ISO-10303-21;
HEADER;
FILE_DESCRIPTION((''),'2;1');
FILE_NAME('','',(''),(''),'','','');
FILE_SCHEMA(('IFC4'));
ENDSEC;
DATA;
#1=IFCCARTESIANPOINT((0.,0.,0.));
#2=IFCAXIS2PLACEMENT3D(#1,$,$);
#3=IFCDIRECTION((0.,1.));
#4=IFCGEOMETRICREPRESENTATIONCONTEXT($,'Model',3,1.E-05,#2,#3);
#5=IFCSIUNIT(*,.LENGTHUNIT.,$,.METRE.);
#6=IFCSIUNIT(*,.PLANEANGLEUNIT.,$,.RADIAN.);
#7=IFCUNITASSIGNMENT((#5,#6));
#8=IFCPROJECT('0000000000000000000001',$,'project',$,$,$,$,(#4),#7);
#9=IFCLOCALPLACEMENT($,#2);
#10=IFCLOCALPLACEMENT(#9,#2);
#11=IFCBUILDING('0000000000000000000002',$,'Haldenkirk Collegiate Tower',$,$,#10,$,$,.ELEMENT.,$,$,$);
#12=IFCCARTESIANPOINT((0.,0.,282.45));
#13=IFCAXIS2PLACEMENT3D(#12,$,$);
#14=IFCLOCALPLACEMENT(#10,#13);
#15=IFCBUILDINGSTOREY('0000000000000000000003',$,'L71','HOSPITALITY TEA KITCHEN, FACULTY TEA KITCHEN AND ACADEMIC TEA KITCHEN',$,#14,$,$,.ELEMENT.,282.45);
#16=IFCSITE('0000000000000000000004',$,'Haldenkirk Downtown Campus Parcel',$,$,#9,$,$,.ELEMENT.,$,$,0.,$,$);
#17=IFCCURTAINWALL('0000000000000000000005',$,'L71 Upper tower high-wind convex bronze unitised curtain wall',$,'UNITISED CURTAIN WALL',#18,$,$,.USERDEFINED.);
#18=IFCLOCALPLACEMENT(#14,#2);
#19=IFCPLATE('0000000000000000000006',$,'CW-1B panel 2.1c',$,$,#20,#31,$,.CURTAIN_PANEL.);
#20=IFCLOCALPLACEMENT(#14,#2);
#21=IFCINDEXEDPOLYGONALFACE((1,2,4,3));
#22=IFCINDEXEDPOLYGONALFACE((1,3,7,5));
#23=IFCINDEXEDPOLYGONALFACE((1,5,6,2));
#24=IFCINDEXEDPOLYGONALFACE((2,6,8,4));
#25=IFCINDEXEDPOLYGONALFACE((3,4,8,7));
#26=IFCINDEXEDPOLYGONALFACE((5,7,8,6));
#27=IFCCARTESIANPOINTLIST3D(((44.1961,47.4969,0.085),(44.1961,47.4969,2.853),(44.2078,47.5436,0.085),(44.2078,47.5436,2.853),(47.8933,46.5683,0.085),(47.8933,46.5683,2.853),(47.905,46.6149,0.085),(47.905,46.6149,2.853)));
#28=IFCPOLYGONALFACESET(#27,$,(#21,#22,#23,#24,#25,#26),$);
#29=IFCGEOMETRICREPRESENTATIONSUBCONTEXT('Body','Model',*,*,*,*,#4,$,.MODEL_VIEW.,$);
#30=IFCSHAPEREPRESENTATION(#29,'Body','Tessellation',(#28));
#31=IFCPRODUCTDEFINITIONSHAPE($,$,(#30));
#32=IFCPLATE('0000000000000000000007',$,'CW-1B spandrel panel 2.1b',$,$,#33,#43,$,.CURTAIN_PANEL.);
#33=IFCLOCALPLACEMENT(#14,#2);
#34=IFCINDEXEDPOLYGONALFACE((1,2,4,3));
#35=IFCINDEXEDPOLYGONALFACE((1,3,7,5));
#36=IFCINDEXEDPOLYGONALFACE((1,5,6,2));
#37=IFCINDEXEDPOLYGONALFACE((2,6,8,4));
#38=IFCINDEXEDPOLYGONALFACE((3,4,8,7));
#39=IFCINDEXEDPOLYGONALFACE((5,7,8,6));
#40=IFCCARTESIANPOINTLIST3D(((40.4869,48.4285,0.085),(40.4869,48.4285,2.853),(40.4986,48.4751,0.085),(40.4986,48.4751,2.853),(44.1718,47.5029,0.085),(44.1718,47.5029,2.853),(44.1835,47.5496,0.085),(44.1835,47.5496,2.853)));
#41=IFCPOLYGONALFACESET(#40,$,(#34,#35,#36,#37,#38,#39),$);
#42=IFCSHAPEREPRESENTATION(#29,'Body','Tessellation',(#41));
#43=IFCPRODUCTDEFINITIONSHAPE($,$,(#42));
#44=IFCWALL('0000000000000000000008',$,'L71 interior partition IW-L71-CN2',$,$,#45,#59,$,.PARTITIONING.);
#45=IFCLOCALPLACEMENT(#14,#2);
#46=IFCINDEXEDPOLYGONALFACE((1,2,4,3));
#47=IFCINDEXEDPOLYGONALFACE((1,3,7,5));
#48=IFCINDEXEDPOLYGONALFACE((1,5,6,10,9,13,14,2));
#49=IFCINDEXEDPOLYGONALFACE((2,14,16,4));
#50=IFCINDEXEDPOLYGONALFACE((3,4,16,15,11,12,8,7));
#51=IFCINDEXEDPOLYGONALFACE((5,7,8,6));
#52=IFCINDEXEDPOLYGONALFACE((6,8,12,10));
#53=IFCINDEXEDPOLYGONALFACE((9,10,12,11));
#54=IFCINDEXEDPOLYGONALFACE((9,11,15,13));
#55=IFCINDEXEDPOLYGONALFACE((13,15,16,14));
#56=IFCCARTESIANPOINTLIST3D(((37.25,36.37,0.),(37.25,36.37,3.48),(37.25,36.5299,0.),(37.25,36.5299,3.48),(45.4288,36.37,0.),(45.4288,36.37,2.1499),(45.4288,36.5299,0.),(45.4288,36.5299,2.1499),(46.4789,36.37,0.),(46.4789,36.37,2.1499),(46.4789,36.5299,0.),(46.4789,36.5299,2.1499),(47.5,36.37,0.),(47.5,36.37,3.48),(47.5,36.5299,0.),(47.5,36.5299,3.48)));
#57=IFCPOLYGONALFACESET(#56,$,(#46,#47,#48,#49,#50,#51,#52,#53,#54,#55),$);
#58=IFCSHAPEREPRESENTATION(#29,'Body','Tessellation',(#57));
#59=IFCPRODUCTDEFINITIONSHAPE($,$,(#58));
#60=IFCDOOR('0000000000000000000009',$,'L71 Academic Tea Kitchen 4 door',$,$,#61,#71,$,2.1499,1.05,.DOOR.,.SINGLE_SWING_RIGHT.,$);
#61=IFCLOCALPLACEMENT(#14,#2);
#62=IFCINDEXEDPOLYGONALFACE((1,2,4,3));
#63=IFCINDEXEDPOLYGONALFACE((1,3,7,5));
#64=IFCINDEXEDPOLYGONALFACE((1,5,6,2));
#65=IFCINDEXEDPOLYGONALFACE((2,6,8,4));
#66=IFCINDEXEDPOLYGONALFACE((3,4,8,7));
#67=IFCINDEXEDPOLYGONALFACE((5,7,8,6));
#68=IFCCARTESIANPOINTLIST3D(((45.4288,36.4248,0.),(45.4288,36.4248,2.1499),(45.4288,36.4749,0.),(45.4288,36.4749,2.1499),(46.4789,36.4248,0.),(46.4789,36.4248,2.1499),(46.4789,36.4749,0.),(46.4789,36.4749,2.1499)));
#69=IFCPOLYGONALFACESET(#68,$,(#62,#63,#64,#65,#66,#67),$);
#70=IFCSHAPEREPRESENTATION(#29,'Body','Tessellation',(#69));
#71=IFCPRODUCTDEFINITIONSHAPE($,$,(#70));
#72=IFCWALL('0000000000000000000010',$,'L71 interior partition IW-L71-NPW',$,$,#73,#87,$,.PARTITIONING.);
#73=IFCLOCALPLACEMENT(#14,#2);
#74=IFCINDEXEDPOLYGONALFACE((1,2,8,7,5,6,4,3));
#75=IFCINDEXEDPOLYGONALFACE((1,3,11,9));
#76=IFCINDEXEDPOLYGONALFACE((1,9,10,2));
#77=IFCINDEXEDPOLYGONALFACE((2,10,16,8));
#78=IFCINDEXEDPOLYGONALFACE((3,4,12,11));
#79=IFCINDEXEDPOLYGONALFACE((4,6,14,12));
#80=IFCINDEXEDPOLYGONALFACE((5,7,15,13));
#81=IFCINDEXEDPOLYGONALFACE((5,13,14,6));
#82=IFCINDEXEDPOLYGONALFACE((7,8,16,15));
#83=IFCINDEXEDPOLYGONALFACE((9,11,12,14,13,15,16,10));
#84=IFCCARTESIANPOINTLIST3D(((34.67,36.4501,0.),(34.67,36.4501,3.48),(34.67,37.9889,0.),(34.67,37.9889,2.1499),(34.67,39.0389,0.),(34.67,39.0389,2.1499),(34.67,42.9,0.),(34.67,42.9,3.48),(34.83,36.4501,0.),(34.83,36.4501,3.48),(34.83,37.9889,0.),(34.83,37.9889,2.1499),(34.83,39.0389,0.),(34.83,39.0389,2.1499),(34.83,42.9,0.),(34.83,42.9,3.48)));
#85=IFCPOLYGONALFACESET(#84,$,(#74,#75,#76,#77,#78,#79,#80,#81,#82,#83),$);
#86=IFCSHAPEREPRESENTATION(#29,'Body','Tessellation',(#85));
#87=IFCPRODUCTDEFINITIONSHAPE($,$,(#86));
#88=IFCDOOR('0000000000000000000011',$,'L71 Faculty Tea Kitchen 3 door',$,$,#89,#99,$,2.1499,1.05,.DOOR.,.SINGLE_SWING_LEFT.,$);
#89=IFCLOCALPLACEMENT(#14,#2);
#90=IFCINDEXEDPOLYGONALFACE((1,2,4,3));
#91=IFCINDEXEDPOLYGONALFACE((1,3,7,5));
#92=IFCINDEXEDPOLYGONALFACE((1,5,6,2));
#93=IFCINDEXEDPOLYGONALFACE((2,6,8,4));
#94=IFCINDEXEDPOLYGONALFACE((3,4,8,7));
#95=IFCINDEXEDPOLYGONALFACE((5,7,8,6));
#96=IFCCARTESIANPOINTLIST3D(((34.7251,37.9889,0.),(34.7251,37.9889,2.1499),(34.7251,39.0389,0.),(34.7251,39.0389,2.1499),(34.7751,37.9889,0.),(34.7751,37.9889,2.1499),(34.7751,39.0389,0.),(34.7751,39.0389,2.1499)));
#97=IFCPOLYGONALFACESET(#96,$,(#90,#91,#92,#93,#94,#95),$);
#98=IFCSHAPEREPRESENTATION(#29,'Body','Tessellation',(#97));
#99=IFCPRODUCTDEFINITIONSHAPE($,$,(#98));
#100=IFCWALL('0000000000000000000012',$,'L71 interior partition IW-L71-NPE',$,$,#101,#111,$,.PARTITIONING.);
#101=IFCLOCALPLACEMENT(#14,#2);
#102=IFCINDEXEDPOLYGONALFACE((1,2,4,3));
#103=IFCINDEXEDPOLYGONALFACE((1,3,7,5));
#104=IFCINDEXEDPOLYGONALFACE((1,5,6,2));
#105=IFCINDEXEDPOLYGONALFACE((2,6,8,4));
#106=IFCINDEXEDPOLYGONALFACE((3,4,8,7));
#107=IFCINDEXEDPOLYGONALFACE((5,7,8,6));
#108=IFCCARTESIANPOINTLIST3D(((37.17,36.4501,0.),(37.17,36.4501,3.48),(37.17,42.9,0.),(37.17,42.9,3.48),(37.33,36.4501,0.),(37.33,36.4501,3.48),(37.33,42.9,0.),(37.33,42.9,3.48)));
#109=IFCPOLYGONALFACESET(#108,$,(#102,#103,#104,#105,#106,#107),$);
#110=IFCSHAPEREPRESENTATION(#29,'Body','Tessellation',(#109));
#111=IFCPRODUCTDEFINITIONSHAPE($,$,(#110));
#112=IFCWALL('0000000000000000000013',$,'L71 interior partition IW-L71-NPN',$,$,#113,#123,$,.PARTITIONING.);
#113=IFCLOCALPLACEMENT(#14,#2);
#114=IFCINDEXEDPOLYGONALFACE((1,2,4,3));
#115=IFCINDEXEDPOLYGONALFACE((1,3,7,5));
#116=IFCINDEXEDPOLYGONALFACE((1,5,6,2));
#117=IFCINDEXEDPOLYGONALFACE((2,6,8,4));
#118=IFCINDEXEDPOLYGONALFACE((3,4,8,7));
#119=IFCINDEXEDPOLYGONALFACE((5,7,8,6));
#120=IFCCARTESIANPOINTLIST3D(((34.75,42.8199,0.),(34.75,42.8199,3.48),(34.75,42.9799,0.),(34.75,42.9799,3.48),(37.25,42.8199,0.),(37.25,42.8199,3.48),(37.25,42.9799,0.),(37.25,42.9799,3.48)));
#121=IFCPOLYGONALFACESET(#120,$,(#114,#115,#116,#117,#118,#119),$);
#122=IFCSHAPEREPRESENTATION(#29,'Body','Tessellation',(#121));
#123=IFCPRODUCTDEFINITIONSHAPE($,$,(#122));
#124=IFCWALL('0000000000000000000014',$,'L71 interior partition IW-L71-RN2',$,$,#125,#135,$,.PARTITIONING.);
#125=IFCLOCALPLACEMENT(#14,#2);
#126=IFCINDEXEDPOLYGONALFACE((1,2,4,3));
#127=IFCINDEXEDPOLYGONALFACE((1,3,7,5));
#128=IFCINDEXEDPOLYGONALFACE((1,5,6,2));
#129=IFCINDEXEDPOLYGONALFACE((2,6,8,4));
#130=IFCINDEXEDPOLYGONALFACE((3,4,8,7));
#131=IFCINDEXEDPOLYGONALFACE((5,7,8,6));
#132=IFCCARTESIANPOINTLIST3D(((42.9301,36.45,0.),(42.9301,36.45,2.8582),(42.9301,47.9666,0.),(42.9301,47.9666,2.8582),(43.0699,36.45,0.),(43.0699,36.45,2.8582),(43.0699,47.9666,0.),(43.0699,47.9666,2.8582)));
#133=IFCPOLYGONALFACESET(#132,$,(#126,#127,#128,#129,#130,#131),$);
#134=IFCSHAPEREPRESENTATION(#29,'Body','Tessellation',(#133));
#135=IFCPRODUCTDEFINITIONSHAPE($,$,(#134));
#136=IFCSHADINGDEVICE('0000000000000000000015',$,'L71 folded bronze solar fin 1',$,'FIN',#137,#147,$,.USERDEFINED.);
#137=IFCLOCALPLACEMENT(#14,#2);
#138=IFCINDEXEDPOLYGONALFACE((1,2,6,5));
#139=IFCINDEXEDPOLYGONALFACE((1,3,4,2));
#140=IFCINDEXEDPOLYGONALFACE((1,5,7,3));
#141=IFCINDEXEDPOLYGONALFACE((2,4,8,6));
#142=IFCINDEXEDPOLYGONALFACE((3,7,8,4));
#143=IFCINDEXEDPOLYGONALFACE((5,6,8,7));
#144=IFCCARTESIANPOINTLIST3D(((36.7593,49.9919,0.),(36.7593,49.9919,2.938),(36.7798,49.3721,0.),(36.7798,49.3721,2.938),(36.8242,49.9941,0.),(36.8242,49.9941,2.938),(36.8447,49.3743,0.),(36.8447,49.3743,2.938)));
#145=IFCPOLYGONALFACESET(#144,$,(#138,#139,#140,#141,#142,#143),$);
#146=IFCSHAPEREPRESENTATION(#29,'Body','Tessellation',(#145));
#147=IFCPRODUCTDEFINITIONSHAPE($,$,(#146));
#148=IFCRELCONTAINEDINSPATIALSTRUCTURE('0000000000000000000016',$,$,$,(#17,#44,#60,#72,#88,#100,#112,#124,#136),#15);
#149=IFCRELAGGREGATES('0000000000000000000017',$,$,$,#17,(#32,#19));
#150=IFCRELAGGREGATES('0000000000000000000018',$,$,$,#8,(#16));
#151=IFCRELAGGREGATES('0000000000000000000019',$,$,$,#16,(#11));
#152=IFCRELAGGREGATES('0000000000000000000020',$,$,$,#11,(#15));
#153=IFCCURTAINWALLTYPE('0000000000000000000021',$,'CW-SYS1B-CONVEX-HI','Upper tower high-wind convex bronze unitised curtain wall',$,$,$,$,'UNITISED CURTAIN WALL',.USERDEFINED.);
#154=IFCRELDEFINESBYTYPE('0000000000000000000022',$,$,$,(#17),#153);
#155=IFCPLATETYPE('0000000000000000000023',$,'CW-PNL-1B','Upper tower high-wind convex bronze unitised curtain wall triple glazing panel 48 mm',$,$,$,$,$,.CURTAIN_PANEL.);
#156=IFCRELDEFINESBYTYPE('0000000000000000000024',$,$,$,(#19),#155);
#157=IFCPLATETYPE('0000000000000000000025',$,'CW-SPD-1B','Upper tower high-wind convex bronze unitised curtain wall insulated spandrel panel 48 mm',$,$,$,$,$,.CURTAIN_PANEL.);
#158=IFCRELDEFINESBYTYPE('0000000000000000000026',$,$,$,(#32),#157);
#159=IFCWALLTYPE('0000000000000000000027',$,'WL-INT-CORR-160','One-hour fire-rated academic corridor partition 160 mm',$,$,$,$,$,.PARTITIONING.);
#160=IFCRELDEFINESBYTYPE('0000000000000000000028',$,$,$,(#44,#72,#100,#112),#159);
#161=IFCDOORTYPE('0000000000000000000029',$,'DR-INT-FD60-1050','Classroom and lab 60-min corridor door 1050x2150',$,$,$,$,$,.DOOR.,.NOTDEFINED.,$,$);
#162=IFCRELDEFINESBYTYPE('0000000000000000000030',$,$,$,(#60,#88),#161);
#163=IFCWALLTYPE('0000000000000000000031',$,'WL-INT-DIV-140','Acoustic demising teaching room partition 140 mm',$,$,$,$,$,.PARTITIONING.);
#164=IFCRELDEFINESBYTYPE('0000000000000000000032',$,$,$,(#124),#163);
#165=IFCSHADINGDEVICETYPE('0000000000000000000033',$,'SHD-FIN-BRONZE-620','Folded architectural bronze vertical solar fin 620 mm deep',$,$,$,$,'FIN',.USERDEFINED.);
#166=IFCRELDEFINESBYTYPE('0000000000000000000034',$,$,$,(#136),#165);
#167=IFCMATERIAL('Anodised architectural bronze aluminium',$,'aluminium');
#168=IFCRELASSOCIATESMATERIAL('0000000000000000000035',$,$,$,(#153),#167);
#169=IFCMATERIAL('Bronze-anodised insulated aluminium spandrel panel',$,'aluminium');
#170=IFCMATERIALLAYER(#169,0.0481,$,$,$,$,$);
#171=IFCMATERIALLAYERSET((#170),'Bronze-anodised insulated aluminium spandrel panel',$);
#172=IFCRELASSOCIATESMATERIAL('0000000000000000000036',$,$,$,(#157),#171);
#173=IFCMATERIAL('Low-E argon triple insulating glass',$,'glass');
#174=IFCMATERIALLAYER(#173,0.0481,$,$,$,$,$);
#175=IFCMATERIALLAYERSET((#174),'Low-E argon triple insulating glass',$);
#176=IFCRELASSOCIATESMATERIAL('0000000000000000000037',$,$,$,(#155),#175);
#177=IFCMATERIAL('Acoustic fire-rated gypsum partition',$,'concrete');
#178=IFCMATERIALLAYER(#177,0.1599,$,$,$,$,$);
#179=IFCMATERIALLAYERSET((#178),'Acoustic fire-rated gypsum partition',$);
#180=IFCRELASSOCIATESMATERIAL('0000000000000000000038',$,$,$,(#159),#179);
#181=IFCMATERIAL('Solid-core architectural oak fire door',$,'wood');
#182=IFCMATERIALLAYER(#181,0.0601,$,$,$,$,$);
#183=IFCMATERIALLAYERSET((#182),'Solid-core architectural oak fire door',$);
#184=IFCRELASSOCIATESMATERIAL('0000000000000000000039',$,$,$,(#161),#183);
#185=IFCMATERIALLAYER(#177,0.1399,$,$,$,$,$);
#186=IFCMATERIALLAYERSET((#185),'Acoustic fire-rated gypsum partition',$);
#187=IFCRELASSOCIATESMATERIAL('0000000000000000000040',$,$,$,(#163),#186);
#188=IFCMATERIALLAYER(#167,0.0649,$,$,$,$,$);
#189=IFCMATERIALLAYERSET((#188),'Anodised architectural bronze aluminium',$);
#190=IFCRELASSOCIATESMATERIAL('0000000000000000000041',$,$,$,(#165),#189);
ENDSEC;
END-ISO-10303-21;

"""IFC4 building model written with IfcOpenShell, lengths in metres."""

from ifc_helpers import new_model, si_unit, direction, frame, frame_2d, origin, origin_2d, place, context, subcontext, project, spatial, rectangle, extrude, source, transform, mapped, material, layer, layer_set, type_object, element, fill, aggregate, save


model = new_model("IFC4")

# Units and contexts
model_context = context("Model", 3, precision=1e-05, world=origin(), true_north=direction((0.0, 1.0)))
body_context = subcontext(model_context, "Body", "Model", "MODEL_VIEW")
ifc_project = project(units=[si_unit("LENGTHUNIT", "METRE"), si_unit("PLANEANGLEUNIT", "RADIAN")], contexts=[model_context])

# Site, building, storey
site_placement = place(None, origin())
site = spatial("IfcSite", under=ifc_project, at=site_placement, Name="Haldenkirk Downtown Campus Parcel", CompositionType="ELEMENT", RefElevation=0.0)
building_placement = place(site_placement, origin())
building = spatial("IfcBuilding", under=site, at=building_placement, Name="Haldenkirk Collegiate Tower", CompositionType="ELEMENT")
storey_placement = place(building_placement, frame((0.0, 0.0, 282.45)))
storey = spatial("IfcBuildingStorey", under=building, at=storey_placement, Name="L71", Description="HOSPITALITY TEA KITCHEN, FACULTY TEA KITCHEN AND ACADEMIC TEA KITCHEN", CompositionType="ELEMENT", Elevation=282.45)

# Curtain wall, plates
ifc_material_1 = material(Name="Anodised architectural bronze aluminium", Category="aluminium")
curtain_wall_type = type_object("IfcCurtainWallType", Name="CW-SYS1B-CONVEX-HI", Description="Upper tower high-wind convex bronze unitised curtain wall", ElementType="UNITISED CURTAIN WALL", PredefinedType="USERDEFINED", material=ifc_material_1)
curtain_wall_placement = place(storey_placement, origin())
curtain_wall = element("IfcCurtainWall", 1, at=curtain_wall_placement, inside=storey, type_object=curtain_wall_type, Name="L71 Upper tower high-wind convex bronze unitised curtain wall", ObjectType="UNITISED CURTAIN WALL", PredefinedType="USERDEFINED")
ifc_material_2 = material(Name="Bronze-anodised insulated aluminium spandrel panel", Category="aluminium")
ifc_layer_1 = layer(ifc_material_2, 0.0481)
ifc_layer_set_1 = layer_set([ifc_layer_1], Name="Bronze-anodised insulated aluminium spandrel panel")
plate_type_1 = type_object("IfcPlateType", Name="CW-SPD-1B", Description="Upper tower high-wind convex bronze unitised curtain wall insulated spandrel panel 48 mm", PredefinedType="CURTAIN_PANEL", material=ifc_layer_set_1)
shared_shape_1 = source(origin(), body_context, "Body", "SweptSolid", [
    extrude(rectangle(XDim=3.812, YDim=0.0481, at=origin_2d()), origin(), (0.0, 0.0, 1.0), 2.7681),
])
ifc_material_3 = material(Name="Low-E argon triple insulating glass", Category="glass")
ifc_layer_2 = layer(ifc_material_3, 0.0481)
ifc_layer_set_2 = layer_set([ifc_layer_2], Name="Low-E argon triple insulating glass")
plate_type_2 = type_object("IfcPlateType", Name="CW-PNL-1B", Description="Upper tower high-wind convex bronze unitised curtain wall triple glazing panel 48 mm", PredefinedType="CURTAIN_PANEL", material=ifc_layer_set_2)
plate_1_placement = place(storey_placement, frame((46.0505, 47.0559, 0.085), z_axis=(0.0, 0.0, 1.0), x_axis=(0.969873, -0.243612, 0.0)))
plate_1 = element("IfcPlate", 2, at=plate_1_placement, type_object=plate_type_2, Name="CW-1B panel 2.1c", PredefinedType="CURTAIN_PANEL", context=body_context, shape_type="MappedRepresentation", body=[
    mapped(shared_shape_1, transform((0.0, 0.0, 0.0), x_axis=(1.0, 0.0, 0.0), y_axis=(0.0, 1.0, 0.0), z_axis=(0.0, 0.0, 1.0), scale=1.0)),
])
shared_shape_2 = source(origin(), body_context, "Body", "SweptSolid", [
    extrude(rectangle(XDim=3.7993, YDim=0.0481, at=origin_2d()), origin(), (0.0, 0.0, 1.0), 2.7681),
])
plate_2_placement = place(storey_placement, frame((42.3352, 47.989, 0.085), z_axis=(0.0, 0.0, 1.0), x_axis=(0.969873, -0.243612, 0.0)))
plate_2 = element("IfcPlate", 3, at=plate_2_placement, type_object=plate_type_1, Name="CW-1B spandrel panel 2.1b", PredefinedType="CURTAIN_PANEL", context=body_context, shape_type="MappedRepresentation", body=[
    mapped(shared_shape_2, transform((0.0, 0.0, 0.0), x_axis=(1.0, 0.0, 0.0), y_axis=(0.0, 1.0, 0.0), z_axis=(0.0, 0.0, 1.0), scale=1.0)),
])
aggregate(curtain_wall, [plate_2, plate_1])

# Walls, openings, doors
ifc_material_4 = material(Name="Acoustic fire-rated gypsum partition", Category="concrete")
ifc_layer_3 = layer(ifc_material_4, 0.1599)
ifc_layer_set_3 = layer_set([ifc_layer_3], Name="Acoustic fire-rated gypsum partition")
wall_type_1 = type_object("IfcWallType", Name="WL-INT-CORR-160", Description="One-hour fire-rated academic corridor partition 160 mm", PredefinedType="PARTITIONING", material=ifc_layer_set_3)
wall_1_placement = place(storey_placement, frame((37.25, 36.45, 0.0), z_axis=(0.0, 0.0, 1.0), x_axis=(1.0, 0.0, 0.0)))
wall_1 = element("IfcWall", 4, at=wall_1_placement, inside=storey, type_object=wall_type_1, Name="L71 interior partition IW-L71-CN2", PredefinedType="PARTITIONING", context=body_context, shape_type="SweptSolid", body=[
    extrude(rectangle(XDim=10.25, YDim=0.1599, at=frame_2d((5.125, 0.0))), origin(), (0.0, 0.0, 1.0), 3.48),
])
opening_1_placement = place(wall_1_placement, frame((8.179, 0.0, 0.0)))
opening_1 = element("IfcOpeningElement", 5, at=opening_1_placement, cuts=wall_1, PredefinedType="OPENING", context=body_context, shape_type="SweptSolid", body=[
    extrude(rectangle(XDim=1.05, YDim=2.1499, at=frame_2d((0.5249, 1.075))), frame((0.0, 0.0898, 0.0), z_axis=(0.0, -1.0, 0.0), x_axis=(1.0, 0.0, 0.0)), (0.0, 0.0, 1.0), 0.1799),
])
ifc_material_5 = material(Name="Solid-core architectural oak fire door", Category="wood")
ifc_layer_4 = layer(ifc_material_5, 0.0601)
ifc_layer_set_4 = layer_set([ifc_layer_4], Name="Solid-core architectural oak fire door")
door_type = type_object("IfcDoorType", Name="DR-INT-FD60-1050", Description="Classroom and lab 60-min corridor door 1050x2150", OperationType="NOTDEFINED", PredefinedType="DOOR", material=ifc_layer_set_4)
door_1_placement = place(opening_1_placement, origin())
door_1 = element("IfcDoor", 6, at=door_1_placement, inside=storey, type_object=door_type, Name="L71 Academic Tea Kitchen 4 door", OperationType="SINGLE_SWING_RIGHT", OverallHeight=2.1499, OverallWidth=1.05, PredefinedType="DOOR", context=body_context, shape_type="SweptSolid", body=[
    extrude(rectangle(XDim=1.05, YDim=2.1499, at=frame_2d((0.5249, 1.075))), frame((0.0, 0.0249, 0.0), z_axis=(0.0, -1.0, 0.0), x_axis=(1.0, 0.0, 0.0)), (0.0, 0.0, 1.0), 0.05),
])
fill(opening_1, door_1)
wall_2_placement = place(storey_placement, frame((34.75, 36.45, 0.0), z_axis=(0.0, 0.0, 1.0), x_axis=(0.0, 1.0, 0.0)))
wall_2 = element("IfcWall", 7, at=wall_2_placement, inside=storey, type_object=wall_type_1, Name="L71 interior partition IW-L71-NPW", PredefinedType="PARTITIONING", context=body_context, shape_type="SweptSolid", body=[
    extrude(rectangle(XDim=6.45, YDim=0.1599, at=frame_2d((3.2251, 0.0))), origin(), (0.0, 0.0, 1.0), 3.48),
])
opening_2_placement = place(wall_2_placement, frame((1.5391, 0.0, 0.0)))
opening_2 = element("IfcOpeningElement", 8, at=opening_2_placement, cuts=wall_2, PredefinedType="OPENING", context=body_context, shape_type="SweptSolid", body=[
    extrude(rectangle(XDim=1.05, YDim=2.1499, at=frame_2d((0.5249, 1.075))), frame((0.0, 0.0898, 0.0), z_axis=(0.0, -1.0, 0.0), x_axis=(1.0, 0.0, 0.0)), (0.0, 0.0, 1.0), 0.1799),
])
door_2_placement = place(opening_2_placement, origin())
door_2 = element("IfcDoor", 9, at=door_2_placement, inside=storey, type_object=door_type, Name="L71 Faculty Tea Kitchen 3 door", OperationType="SINGLE_SWING_LEFT", OverallHeight=2.1499, OverallWidth=1.05, PredefinedType="DOOR", context=body_context, shape_type="SweptSolid", body=[
    extrude(rectangle(XDim=1.05, YDim=2.1499, at=frame_2d((0.5249, 1.075))), frame((0.0, 0.0249, 0.0), z_axis=(0.0, -1.0, 0.0), x_axis=(1.0, 0.0, 0.0)), (0.0, 0.0, 1.0), 0.05),
])
fill(opening_2, door_2)

# Walls
wall_3_placement = place(storey_placement, frame((37.25, 36.45, 0.0), z_axis=(0.0, 0.0, 1.0), x_axis=(0.0, 1.0, 0.0)))
element("IfcWall", 10, at=wall_3_placement, inside=storey, type_object=wall_type_1, Name="L71 interior partition IW-L71-NPE", PredefinedType="PARTITIONING", context=body_context, shape_type="SweptSolid", body=[
    extrude(rectangle(XDim=6.45, YDim=0.1599, at=frame_2d((3.2251, 0.0))), origin(), (0.0, 0.0, 1.0), 3.48),
])
wall_4_placement = place(storey_placement, frame((34.75, 42.8999, 0.0), z_axis=(0.0, 0.0, 1.0), x_axis=(1.0, 0.0, 0.0)))
element("IfcWall", 11, at=wall_4_placement, inside=storey, type_object=wall_type_1, Name="L71 interior partition IW-L71-NPN", PredefinedType="PARTITIONING", context=body_context, shape_type="SweptSolid", body=[
    extrude(rectangle(XDim=2.5, YDim=0.1599, at=frame_2d((1.25, 0.0))), origin(), (0.0, 0.0, 1.0), 3.48),
])
ifc_layer_5 = layer(ifc_material_4, 0.1399)
ifc_layer_set_5 = layer_set([ifc_layer_5], Name="Acoustic fire-rated gypsum partition")
wall_type_2 = type_object("IfcWallType", Name="WL-INT-DIV-140", Description="Acoustic demising teaching room partition 140 mm", PredefinedType="PARTITIONING", material=ifc_layer_set_5)
wall_5_placement = place(storey_placement, frame((43.0, 36.45, 0.0), z_axis=(0.0, 0.0, 1.0), x_axis=(0.0, 1.0, 0.0)))
element("IfcWall", 12, at=wall_5_placement, inside=storey, type_object=wall_type_2, Name="L71 interior partition IW-L71-RN2", PredefinedType="PARTITIONING", context=body_context, shape_type="SweptSolid", body=[
    extrude(rectangle(XDim=11.5166, YDim=0.1399, at=frame_2d((5.7583, 0.0))), origin(), (0.0, 0.0, 1.0), 2.8582),
])

# Shading device
ifc_layer_6 = layer(ifc_material_1, 0.0649)
ifc_layer_set_6 = layer_set([ifc_layer_6], Name="Anodised architectural bronze aluminium")
shading_device_type = type_object("IfcShadingDeviceType", Name="SHD-FIN-BRONZE-620", Description="Folded architectural bronze vertical solar fin 620 mm deep", ElementType="FIN", PredefinedType="USERDEFINED", material=ifc_layer_set_6)
shared_shape_3 = source(origin(), body_context, "Body", "SweptSolid", [
    extrude(rectangle(XDim=0.6201, YDim=0.0649, at=origin_2d()), origin(), (0.0, 0.0, 1.0), 2.938),
])
shading_device_placement = place(storey_placement, frame((36.802, 49.6831, 0.0), z_axis=(0.0, 0.0, 1.0), x_axis=(-0.033155, 0.99945, 0.0)))
element("IfcShadingDevice", 13, at=shading_device_placement, inside=storey, type_object=shading_device_type, Name="L71 folded bronze solar fin 1", ObjectType="FIN", PredefinedType="USERDEFINED", context=body_context, shape_type="MappedRepresentation", body=[
    mapped(shared_shape_3, transform((0.0, 0.0, 0.0), x_axis=(1.0, 0.0, 0.0), y_axis=(0.0, 1.0, 0.0), z_axis=(0.0, 0.0, 1.0), scale=1.0)),
])

save(model, "model.ifc")
